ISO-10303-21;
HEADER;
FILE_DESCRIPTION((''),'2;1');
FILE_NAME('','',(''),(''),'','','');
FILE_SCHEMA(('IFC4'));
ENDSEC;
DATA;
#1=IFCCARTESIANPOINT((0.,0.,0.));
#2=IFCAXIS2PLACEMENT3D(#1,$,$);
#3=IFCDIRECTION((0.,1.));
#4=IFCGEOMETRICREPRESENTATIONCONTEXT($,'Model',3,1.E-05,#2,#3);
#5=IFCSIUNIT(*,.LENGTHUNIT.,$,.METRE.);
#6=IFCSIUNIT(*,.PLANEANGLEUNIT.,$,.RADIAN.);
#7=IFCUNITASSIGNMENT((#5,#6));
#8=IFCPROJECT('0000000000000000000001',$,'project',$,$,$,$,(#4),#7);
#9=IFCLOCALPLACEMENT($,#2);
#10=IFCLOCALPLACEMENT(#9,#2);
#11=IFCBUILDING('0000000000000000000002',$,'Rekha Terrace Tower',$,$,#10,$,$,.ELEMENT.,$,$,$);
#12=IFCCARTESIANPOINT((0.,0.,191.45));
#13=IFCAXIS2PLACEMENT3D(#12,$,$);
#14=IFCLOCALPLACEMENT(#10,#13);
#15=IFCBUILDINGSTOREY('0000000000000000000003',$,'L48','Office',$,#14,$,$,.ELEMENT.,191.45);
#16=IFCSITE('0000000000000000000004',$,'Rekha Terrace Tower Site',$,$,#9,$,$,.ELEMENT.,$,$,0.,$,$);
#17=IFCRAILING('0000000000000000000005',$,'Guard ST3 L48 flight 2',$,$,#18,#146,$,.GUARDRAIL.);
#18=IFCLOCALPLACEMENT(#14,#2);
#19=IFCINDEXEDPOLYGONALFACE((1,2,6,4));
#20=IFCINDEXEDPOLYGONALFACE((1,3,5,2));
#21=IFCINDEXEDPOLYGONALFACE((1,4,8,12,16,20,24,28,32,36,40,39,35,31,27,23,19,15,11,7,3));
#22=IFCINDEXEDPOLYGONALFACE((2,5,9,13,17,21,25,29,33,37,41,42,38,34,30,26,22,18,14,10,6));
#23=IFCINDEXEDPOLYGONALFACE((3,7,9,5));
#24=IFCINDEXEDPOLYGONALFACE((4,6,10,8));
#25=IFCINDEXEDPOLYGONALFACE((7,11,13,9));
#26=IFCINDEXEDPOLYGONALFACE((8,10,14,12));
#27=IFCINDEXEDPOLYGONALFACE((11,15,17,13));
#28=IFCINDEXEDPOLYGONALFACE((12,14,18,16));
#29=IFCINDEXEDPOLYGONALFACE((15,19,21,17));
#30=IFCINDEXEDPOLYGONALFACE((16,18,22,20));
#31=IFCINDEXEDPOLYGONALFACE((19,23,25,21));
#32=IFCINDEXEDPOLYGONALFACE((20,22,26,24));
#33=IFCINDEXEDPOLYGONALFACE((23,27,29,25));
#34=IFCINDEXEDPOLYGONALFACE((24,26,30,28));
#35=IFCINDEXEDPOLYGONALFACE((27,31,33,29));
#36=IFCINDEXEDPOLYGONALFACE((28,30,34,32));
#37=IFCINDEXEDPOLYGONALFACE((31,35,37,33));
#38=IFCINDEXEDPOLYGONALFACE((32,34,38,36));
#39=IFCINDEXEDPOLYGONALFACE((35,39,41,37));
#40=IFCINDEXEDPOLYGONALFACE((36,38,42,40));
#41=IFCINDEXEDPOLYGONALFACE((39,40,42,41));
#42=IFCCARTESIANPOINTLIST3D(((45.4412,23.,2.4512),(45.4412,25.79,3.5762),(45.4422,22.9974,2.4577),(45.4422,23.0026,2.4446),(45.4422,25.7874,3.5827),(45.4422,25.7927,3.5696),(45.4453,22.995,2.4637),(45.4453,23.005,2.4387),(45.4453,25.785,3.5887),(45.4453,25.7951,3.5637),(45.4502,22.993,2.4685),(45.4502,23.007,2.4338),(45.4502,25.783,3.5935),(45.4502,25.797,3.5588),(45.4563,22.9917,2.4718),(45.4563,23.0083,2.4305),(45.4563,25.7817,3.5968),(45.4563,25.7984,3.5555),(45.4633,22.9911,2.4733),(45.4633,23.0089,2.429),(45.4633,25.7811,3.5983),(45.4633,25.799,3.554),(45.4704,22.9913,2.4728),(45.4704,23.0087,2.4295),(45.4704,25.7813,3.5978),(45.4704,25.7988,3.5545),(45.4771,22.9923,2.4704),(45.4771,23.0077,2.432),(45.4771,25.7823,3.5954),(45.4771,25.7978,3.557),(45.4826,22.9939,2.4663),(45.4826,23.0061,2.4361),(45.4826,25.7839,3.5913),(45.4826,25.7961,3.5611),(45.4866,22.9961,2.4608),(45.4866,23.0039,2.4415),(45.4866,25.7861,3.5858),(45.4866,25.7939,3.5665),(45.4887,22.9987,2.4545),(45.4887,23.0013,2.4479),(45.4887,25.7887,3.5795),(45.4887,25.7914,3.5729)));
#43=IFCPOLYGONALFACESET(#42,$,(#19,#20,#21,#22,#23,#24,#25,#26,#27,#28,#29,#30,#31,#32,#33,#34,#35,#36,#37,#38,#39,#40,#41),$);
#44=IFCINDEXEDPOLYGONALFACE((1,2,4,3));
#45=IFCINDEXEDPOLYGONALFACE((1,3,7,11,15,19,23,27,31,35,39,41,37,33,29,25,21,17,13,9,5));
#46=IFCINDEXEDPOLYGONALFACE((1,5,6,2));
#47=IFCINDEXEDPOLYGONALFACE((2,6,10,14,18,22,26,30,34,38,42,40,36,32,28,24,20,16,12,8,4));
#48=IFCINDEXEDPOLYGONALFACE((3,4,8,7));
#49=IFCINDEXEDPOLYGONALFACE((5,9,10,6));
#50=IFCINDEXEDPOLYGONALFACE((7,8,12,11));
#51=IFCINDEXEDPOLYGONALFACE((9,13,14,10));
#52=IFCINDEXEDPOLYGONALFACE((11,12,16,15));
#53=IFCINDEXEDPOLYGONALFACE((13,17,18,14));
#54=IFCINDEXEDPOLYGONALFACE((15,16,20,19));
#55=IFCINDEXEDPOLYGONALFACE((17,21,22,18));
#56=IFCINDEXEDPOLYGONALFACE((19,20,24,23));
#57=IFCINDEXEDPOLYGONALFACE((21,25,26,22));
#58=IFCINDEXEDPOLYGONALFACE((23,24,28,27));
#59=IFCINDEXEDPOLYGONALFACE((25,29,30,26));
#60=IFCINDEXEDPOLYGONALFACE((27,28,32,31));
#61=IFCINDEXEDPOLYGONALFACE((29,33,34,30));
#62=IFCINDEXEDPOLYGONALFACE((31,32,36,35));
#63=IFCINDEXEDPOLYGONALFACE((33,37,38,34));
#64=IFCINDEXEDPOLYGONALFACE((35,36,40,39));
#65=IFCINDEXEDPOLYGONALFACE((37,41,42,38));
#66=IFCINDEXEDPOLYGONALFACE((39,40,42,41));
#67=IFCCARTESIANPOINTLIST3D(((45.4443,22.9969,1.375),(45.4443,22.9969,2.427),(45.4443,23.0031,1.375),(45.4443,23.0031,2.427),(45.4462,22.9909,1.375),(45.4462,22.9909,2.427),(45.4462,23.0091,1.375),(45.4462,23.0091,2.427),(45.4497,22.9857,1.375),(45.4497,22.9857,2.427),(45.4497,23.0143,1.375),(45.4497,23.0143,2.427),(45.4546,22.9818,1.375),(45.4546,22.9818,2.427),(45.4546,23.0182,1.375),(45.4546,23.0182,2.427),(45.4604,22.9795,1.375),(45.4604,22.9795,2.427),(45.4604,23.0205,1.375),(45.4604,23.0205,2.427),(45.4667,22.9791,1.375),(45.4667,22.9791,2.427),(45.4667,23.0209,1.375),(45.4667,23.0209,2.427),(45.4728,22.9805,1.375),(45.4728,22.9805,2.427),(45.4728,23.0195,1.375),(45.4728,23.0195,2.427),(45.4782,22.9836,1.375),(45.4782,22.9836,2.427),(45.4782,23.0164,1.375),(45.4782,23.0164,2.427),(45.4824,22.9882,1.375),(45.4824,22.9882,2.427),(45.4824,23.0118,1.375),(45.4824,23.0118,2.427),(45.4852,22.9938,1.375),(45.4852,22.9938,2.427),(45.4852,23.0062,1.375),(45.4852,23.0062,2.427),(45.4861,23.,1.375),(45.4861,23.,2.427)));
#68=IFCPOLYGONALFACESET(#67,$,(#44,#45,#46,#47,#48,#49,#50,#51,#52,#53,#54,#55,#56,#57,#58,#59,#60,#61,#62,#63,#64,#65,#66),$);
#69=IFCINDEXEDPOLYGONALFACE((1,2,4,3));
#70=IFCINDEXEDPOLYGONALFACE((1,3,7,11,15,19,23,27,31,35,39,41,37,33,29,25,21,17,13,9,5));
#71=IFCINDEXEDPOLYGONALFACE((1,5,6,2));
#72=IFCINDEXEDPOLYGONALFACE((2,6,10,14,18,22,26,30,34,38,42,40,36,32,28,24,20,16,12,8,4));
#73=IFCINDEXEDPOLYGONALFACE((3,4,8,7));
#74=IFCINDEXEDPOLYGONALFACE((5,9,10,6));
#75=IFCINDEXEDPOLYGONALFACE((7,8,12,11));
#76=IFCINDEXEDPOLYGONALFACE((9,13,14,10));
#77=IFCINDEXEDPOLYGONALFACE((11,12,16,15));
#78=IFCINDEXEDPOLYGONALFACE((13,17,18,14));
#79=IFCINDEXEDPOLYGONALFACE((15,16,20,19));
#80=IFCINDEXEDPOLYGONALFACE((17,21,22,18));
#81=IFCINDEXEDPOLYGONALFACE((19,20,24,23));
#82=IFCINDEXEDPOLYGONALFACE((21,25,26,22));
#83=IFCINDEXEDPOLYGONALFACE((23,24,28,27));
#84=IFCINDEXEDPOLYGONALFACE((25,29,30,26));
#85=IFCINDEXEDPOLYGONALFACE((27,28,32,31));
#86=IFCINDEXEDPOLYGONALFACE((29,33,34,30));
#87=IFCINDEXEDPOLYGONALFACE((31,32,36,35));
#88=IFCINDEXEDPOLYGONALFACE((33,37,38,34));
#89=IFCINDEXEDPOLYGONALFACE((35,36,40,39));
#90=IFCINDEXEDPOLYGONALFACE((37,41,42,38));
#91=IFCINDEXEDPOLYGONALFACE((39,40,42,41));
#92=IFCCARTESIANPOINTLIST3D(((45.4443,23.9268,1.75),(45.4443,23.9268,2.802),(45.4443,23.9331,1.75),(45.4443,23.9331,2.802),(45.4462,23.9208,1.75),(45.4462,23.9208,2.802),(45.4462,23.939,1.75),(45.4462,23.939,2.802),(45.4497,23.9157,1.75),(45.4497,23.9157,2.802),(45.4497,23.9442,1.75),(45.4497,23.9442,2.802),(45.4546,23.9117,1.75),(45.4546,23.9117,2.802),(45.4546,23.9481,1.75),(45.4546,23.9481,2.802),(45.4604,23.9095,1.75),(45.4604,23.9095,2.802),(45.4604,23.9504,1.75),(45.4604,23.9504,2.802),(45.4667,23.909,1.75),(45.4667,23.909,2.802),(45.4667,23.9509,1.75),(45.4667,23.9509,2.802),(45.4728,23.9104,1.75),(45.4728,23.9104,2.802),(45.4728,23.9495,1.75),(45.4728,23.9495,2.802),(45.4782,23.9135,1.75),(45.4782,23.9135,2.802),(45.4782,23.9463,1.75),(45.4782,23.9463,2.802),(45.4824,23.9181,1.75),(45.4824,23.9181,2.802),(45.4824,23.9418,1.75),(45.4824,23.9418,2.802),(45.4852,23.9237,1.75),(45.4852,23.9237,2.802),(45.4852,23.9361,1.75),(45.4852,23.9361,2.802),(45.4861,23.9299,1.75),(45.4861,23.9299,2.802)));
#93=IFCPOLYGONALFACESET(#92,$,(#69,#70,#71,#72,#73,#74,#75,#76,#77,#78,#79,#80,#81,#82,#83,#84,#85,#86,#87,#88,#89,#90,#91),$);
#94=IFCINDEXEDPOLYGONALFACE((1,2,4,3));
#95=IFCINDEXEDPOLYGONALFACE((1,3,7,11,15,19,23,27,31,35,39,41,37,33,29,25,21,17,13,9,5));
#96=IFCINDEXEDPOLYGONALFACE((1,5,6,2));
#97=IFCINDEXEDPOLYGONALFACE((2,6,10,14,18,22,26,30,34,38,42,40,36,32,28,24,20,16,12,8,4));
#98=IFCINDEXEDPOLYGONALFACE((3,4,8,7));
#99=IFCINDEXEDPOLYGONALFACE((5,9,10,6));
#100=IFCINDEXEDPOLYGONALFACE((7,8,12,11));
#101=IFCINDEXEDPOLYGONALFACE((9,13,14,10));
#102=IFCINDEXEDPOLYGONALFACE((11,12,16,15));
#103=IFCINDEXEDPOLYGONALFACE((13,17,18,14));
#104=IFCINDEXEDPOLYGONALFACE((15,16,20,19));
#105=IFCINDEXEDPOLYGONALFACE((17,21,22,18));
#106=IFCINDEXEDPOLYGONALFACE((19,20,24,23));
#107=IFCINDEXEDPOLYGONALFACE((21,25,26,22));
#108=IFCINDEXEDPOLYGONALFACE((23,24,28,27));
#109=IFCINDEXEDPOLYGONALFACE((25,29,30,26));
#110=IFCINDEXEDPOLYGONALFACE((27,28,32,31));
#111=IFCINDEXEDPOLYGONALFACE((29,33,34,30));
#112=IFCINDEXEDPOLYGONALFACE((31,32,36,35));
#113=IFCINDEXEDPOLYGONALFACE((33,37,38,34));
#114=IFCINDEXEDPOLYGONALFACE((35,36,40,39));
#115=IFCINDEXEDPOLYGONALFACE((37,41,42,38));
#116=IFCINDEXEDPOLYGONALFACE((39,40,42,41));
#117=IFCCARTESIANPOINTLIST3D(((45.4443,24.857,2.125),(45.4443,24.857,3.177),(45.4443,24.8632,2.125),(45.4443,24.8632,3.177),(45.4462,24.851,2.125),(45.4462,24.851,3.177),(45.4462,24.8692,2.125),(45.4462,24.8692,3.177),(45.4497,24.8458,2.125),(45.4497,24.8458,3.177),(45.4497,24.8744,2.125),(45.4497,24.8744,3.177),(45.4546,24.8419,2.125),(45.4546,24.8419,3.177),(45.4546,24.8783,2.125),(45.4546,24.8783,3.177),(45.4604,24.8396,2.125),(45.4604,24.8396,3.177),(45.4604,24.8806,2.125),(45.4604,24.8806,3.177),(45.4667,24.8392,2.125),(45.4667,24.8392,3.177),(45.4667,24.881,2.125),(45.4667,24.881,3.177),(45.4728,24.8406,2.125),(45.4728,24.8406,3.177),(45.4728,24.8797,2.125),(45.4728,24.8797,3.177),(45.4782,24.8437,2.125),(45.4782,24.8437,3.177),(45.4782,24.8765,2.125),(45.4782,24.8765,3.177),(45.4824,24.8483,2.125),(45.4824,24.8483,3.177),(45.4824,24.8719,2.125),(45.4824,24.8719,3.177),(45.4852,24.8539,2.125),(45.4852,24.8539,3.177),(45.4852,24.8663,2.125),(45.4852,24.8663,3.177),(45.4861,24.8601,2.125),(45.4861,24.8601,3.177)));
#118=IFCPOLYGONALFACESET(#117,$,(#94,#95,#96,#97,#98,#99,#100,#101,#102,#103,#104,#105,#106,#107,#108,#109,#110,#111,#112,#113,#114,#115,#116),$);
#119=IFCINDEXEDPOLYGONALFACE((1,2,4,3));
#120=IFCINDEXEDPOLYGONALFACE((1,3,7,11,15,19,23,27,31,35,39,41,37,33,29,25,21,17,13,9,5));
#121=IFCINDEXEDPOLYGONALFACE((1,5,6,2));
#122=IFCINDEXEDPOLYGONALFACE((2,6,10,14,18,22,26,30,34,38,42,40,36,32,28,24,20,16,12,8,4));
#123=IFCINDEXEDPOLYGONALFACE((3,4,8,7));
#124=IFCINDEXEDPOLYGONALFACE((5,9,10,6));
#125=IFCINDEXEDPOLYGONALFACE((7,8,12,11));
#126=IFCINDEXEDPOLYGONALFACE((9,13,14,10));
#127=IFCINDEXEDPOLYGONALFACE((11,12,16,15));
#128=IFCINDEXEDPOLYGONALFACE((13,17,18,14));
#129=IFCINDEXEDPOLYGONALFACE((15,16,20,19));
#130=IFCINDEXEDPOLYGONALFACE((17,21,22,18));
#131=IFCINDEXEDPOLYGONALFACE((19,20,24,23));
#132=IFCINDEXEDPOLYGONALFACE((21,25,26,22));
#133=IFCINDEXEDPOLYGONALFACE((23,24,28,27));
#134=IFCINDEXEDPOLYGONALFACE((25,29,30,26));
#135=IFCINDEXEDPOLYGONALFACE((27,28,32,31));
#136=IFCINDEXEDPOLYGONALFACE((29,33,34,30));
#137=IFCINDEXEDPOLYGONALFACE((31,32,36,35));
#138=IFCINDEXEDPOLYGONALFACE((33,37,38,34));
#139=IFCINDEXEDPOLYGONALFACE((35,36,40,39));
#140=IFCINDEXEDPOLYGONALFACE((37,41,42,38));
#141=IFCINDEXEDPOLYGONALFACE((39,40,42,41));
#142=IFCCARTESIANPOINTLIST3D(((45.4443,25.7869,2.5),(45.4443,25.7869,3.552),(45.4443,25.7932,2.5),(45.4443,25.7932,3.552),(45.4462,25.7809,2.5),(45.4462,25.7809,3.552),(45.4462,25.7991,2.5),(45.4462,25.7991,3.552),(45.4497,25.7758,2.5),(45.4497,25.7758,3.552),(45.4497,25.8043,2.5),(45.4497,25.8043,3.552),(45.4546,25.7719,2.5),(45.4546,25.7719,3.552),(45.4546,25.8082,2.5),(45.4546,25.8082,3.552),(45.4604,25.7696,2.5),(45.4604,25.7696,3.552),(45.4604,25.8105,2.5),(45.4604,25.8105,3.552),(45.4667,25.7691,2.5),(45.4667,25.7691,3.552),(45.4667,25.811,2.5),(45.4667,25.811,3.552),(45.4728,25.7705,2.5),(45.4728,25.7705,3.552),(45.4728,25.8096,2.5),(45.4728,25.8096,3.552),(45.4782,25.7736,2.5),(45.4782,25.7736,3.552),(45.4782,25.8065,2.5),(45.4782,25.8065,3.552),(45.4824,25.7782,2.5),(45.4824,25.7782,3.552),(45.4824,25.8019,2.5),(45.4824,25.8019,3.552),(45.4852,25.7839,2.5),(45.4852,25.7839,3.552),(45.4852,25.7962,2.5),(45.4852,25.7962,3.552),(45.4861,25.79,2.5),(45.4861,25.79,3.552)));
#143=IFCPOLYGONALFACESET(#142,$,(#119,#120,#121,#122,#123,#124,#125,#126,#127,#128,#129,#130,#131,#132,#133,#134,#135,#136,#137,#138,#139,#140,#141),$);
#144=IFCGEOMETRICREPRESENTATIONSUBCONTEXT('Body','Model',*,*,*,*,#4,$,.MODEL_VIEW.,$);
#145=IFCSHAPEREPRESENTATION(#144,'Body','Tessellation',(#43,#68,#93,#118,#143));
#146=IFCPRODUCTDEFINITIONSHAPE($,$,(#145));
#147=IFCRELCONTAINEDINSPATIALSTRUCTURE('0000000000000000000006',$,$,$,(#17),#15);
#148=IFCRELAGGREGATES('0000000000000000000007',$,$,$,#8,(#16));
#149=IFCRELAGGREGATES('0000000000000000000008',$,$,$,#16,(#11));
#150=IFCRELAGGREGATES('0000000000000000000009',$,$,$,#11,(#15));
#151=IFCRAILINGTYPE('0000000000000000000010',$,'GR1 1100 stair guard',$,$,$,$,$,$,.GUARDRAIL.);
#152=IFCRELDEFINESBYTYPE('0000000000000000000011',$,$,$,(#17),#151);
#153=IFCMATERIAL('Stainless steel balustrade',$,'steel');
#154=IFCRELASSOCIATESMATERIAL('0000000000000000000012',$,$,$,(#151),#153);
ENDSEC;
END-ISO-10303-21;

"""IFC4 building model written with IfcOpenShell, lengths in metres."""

from ifc_helpers import new_model, si_unit, direction, frame, origin, origin_2d, place, context, subcontext, project, spatial, circle, extrude, material, type_object, element, save


model = new_model("IFC4")

# Units and contexts
model_context = context("Model", 3, precision=1e-05, world=origin(), true_north=direction((0.0, 1.0)))
body_context = subcontext(model_context, "Body", "Model", "MODEL_VIEW")
ifc_project = project(units=[si_unit("LENGTHUNIT", "METRE"), si_unit("PLANEANGLEUNIT", "RADIAN")], contexts=[model_context])

# Site, building, storey
site_placement = place(None, origin())
site = spatial("IfcSite", under=ifc_project, at=site_placement, Name="Rekha Terrace Tower Site", CompositionType="ELEMENT", RefElevation=0.0)
building_placement = place(site_placement, origin())
building = spatial("IfcBuilding", under=site, at=building_placement, Name="Rekha Terrace Tower", CompositionType="ELEMENT")
storey_placement = place(building_placement, frame((0.0, 0.0, 191.45)))
storey = spatial("IfcBuildingStorey", under=building, at=storey_placement, Name="L48", Description="Office", CompositionType="ELEMENT", Elevation=191.45)

# Railing
ifc_material_1 = material(Name="Stainless steel balustrade", Category="steel")
railing_type_1 = type_object("IfcRailingType", Name="GR1 1100 stair guard", PredefinedType="GUARDRAIL", material=ifc_material_1)
railing_1_placement = place(storey_placement, frame((45.4651, 23.0, 1.375)))
element("IfcRailing", 1, at=railing_1_placement, inside=storey, type_object=railing_type_1, Name="Guard ST3 L48 flight 2", PredefinedType="GUARDRAIL", context=body_context, shape_type="SweptSolid", body=[
    extrude(circle(Radius=0.0239, at=origin_2d()), frame((0.0, 0.0, 1.0762), z_axis=(0.0, 0.927443, 0.373964), x_axis=(-1.0, 0.0, 0.0)), (0.0, 0.0, 1.0), 3.0083),
    extrude(circle(Radius=0.021, at=origin_2d()), origin(), (0.0, 0.0, 1.0), 1.052),
    extrude(circle(Radius=0.021, at=origin_2d()), frame((0.0, 0.9299, 0.375)), (0.0, 0.0, 1.0), 1.052),
    extrude(circle(Radius=0.021, at=origin_2d()), frame((0.0, 1.8601, 0.75)), (0.0, 0.0, 1.0), 1.052),
    extrude(circle(Radius=0.021, at=origin_2d()), frame((0.0, 2.79, 1.125)), (0.0, 0.0, 1.0), 1.052),
])

save(model, "model.ifc")
